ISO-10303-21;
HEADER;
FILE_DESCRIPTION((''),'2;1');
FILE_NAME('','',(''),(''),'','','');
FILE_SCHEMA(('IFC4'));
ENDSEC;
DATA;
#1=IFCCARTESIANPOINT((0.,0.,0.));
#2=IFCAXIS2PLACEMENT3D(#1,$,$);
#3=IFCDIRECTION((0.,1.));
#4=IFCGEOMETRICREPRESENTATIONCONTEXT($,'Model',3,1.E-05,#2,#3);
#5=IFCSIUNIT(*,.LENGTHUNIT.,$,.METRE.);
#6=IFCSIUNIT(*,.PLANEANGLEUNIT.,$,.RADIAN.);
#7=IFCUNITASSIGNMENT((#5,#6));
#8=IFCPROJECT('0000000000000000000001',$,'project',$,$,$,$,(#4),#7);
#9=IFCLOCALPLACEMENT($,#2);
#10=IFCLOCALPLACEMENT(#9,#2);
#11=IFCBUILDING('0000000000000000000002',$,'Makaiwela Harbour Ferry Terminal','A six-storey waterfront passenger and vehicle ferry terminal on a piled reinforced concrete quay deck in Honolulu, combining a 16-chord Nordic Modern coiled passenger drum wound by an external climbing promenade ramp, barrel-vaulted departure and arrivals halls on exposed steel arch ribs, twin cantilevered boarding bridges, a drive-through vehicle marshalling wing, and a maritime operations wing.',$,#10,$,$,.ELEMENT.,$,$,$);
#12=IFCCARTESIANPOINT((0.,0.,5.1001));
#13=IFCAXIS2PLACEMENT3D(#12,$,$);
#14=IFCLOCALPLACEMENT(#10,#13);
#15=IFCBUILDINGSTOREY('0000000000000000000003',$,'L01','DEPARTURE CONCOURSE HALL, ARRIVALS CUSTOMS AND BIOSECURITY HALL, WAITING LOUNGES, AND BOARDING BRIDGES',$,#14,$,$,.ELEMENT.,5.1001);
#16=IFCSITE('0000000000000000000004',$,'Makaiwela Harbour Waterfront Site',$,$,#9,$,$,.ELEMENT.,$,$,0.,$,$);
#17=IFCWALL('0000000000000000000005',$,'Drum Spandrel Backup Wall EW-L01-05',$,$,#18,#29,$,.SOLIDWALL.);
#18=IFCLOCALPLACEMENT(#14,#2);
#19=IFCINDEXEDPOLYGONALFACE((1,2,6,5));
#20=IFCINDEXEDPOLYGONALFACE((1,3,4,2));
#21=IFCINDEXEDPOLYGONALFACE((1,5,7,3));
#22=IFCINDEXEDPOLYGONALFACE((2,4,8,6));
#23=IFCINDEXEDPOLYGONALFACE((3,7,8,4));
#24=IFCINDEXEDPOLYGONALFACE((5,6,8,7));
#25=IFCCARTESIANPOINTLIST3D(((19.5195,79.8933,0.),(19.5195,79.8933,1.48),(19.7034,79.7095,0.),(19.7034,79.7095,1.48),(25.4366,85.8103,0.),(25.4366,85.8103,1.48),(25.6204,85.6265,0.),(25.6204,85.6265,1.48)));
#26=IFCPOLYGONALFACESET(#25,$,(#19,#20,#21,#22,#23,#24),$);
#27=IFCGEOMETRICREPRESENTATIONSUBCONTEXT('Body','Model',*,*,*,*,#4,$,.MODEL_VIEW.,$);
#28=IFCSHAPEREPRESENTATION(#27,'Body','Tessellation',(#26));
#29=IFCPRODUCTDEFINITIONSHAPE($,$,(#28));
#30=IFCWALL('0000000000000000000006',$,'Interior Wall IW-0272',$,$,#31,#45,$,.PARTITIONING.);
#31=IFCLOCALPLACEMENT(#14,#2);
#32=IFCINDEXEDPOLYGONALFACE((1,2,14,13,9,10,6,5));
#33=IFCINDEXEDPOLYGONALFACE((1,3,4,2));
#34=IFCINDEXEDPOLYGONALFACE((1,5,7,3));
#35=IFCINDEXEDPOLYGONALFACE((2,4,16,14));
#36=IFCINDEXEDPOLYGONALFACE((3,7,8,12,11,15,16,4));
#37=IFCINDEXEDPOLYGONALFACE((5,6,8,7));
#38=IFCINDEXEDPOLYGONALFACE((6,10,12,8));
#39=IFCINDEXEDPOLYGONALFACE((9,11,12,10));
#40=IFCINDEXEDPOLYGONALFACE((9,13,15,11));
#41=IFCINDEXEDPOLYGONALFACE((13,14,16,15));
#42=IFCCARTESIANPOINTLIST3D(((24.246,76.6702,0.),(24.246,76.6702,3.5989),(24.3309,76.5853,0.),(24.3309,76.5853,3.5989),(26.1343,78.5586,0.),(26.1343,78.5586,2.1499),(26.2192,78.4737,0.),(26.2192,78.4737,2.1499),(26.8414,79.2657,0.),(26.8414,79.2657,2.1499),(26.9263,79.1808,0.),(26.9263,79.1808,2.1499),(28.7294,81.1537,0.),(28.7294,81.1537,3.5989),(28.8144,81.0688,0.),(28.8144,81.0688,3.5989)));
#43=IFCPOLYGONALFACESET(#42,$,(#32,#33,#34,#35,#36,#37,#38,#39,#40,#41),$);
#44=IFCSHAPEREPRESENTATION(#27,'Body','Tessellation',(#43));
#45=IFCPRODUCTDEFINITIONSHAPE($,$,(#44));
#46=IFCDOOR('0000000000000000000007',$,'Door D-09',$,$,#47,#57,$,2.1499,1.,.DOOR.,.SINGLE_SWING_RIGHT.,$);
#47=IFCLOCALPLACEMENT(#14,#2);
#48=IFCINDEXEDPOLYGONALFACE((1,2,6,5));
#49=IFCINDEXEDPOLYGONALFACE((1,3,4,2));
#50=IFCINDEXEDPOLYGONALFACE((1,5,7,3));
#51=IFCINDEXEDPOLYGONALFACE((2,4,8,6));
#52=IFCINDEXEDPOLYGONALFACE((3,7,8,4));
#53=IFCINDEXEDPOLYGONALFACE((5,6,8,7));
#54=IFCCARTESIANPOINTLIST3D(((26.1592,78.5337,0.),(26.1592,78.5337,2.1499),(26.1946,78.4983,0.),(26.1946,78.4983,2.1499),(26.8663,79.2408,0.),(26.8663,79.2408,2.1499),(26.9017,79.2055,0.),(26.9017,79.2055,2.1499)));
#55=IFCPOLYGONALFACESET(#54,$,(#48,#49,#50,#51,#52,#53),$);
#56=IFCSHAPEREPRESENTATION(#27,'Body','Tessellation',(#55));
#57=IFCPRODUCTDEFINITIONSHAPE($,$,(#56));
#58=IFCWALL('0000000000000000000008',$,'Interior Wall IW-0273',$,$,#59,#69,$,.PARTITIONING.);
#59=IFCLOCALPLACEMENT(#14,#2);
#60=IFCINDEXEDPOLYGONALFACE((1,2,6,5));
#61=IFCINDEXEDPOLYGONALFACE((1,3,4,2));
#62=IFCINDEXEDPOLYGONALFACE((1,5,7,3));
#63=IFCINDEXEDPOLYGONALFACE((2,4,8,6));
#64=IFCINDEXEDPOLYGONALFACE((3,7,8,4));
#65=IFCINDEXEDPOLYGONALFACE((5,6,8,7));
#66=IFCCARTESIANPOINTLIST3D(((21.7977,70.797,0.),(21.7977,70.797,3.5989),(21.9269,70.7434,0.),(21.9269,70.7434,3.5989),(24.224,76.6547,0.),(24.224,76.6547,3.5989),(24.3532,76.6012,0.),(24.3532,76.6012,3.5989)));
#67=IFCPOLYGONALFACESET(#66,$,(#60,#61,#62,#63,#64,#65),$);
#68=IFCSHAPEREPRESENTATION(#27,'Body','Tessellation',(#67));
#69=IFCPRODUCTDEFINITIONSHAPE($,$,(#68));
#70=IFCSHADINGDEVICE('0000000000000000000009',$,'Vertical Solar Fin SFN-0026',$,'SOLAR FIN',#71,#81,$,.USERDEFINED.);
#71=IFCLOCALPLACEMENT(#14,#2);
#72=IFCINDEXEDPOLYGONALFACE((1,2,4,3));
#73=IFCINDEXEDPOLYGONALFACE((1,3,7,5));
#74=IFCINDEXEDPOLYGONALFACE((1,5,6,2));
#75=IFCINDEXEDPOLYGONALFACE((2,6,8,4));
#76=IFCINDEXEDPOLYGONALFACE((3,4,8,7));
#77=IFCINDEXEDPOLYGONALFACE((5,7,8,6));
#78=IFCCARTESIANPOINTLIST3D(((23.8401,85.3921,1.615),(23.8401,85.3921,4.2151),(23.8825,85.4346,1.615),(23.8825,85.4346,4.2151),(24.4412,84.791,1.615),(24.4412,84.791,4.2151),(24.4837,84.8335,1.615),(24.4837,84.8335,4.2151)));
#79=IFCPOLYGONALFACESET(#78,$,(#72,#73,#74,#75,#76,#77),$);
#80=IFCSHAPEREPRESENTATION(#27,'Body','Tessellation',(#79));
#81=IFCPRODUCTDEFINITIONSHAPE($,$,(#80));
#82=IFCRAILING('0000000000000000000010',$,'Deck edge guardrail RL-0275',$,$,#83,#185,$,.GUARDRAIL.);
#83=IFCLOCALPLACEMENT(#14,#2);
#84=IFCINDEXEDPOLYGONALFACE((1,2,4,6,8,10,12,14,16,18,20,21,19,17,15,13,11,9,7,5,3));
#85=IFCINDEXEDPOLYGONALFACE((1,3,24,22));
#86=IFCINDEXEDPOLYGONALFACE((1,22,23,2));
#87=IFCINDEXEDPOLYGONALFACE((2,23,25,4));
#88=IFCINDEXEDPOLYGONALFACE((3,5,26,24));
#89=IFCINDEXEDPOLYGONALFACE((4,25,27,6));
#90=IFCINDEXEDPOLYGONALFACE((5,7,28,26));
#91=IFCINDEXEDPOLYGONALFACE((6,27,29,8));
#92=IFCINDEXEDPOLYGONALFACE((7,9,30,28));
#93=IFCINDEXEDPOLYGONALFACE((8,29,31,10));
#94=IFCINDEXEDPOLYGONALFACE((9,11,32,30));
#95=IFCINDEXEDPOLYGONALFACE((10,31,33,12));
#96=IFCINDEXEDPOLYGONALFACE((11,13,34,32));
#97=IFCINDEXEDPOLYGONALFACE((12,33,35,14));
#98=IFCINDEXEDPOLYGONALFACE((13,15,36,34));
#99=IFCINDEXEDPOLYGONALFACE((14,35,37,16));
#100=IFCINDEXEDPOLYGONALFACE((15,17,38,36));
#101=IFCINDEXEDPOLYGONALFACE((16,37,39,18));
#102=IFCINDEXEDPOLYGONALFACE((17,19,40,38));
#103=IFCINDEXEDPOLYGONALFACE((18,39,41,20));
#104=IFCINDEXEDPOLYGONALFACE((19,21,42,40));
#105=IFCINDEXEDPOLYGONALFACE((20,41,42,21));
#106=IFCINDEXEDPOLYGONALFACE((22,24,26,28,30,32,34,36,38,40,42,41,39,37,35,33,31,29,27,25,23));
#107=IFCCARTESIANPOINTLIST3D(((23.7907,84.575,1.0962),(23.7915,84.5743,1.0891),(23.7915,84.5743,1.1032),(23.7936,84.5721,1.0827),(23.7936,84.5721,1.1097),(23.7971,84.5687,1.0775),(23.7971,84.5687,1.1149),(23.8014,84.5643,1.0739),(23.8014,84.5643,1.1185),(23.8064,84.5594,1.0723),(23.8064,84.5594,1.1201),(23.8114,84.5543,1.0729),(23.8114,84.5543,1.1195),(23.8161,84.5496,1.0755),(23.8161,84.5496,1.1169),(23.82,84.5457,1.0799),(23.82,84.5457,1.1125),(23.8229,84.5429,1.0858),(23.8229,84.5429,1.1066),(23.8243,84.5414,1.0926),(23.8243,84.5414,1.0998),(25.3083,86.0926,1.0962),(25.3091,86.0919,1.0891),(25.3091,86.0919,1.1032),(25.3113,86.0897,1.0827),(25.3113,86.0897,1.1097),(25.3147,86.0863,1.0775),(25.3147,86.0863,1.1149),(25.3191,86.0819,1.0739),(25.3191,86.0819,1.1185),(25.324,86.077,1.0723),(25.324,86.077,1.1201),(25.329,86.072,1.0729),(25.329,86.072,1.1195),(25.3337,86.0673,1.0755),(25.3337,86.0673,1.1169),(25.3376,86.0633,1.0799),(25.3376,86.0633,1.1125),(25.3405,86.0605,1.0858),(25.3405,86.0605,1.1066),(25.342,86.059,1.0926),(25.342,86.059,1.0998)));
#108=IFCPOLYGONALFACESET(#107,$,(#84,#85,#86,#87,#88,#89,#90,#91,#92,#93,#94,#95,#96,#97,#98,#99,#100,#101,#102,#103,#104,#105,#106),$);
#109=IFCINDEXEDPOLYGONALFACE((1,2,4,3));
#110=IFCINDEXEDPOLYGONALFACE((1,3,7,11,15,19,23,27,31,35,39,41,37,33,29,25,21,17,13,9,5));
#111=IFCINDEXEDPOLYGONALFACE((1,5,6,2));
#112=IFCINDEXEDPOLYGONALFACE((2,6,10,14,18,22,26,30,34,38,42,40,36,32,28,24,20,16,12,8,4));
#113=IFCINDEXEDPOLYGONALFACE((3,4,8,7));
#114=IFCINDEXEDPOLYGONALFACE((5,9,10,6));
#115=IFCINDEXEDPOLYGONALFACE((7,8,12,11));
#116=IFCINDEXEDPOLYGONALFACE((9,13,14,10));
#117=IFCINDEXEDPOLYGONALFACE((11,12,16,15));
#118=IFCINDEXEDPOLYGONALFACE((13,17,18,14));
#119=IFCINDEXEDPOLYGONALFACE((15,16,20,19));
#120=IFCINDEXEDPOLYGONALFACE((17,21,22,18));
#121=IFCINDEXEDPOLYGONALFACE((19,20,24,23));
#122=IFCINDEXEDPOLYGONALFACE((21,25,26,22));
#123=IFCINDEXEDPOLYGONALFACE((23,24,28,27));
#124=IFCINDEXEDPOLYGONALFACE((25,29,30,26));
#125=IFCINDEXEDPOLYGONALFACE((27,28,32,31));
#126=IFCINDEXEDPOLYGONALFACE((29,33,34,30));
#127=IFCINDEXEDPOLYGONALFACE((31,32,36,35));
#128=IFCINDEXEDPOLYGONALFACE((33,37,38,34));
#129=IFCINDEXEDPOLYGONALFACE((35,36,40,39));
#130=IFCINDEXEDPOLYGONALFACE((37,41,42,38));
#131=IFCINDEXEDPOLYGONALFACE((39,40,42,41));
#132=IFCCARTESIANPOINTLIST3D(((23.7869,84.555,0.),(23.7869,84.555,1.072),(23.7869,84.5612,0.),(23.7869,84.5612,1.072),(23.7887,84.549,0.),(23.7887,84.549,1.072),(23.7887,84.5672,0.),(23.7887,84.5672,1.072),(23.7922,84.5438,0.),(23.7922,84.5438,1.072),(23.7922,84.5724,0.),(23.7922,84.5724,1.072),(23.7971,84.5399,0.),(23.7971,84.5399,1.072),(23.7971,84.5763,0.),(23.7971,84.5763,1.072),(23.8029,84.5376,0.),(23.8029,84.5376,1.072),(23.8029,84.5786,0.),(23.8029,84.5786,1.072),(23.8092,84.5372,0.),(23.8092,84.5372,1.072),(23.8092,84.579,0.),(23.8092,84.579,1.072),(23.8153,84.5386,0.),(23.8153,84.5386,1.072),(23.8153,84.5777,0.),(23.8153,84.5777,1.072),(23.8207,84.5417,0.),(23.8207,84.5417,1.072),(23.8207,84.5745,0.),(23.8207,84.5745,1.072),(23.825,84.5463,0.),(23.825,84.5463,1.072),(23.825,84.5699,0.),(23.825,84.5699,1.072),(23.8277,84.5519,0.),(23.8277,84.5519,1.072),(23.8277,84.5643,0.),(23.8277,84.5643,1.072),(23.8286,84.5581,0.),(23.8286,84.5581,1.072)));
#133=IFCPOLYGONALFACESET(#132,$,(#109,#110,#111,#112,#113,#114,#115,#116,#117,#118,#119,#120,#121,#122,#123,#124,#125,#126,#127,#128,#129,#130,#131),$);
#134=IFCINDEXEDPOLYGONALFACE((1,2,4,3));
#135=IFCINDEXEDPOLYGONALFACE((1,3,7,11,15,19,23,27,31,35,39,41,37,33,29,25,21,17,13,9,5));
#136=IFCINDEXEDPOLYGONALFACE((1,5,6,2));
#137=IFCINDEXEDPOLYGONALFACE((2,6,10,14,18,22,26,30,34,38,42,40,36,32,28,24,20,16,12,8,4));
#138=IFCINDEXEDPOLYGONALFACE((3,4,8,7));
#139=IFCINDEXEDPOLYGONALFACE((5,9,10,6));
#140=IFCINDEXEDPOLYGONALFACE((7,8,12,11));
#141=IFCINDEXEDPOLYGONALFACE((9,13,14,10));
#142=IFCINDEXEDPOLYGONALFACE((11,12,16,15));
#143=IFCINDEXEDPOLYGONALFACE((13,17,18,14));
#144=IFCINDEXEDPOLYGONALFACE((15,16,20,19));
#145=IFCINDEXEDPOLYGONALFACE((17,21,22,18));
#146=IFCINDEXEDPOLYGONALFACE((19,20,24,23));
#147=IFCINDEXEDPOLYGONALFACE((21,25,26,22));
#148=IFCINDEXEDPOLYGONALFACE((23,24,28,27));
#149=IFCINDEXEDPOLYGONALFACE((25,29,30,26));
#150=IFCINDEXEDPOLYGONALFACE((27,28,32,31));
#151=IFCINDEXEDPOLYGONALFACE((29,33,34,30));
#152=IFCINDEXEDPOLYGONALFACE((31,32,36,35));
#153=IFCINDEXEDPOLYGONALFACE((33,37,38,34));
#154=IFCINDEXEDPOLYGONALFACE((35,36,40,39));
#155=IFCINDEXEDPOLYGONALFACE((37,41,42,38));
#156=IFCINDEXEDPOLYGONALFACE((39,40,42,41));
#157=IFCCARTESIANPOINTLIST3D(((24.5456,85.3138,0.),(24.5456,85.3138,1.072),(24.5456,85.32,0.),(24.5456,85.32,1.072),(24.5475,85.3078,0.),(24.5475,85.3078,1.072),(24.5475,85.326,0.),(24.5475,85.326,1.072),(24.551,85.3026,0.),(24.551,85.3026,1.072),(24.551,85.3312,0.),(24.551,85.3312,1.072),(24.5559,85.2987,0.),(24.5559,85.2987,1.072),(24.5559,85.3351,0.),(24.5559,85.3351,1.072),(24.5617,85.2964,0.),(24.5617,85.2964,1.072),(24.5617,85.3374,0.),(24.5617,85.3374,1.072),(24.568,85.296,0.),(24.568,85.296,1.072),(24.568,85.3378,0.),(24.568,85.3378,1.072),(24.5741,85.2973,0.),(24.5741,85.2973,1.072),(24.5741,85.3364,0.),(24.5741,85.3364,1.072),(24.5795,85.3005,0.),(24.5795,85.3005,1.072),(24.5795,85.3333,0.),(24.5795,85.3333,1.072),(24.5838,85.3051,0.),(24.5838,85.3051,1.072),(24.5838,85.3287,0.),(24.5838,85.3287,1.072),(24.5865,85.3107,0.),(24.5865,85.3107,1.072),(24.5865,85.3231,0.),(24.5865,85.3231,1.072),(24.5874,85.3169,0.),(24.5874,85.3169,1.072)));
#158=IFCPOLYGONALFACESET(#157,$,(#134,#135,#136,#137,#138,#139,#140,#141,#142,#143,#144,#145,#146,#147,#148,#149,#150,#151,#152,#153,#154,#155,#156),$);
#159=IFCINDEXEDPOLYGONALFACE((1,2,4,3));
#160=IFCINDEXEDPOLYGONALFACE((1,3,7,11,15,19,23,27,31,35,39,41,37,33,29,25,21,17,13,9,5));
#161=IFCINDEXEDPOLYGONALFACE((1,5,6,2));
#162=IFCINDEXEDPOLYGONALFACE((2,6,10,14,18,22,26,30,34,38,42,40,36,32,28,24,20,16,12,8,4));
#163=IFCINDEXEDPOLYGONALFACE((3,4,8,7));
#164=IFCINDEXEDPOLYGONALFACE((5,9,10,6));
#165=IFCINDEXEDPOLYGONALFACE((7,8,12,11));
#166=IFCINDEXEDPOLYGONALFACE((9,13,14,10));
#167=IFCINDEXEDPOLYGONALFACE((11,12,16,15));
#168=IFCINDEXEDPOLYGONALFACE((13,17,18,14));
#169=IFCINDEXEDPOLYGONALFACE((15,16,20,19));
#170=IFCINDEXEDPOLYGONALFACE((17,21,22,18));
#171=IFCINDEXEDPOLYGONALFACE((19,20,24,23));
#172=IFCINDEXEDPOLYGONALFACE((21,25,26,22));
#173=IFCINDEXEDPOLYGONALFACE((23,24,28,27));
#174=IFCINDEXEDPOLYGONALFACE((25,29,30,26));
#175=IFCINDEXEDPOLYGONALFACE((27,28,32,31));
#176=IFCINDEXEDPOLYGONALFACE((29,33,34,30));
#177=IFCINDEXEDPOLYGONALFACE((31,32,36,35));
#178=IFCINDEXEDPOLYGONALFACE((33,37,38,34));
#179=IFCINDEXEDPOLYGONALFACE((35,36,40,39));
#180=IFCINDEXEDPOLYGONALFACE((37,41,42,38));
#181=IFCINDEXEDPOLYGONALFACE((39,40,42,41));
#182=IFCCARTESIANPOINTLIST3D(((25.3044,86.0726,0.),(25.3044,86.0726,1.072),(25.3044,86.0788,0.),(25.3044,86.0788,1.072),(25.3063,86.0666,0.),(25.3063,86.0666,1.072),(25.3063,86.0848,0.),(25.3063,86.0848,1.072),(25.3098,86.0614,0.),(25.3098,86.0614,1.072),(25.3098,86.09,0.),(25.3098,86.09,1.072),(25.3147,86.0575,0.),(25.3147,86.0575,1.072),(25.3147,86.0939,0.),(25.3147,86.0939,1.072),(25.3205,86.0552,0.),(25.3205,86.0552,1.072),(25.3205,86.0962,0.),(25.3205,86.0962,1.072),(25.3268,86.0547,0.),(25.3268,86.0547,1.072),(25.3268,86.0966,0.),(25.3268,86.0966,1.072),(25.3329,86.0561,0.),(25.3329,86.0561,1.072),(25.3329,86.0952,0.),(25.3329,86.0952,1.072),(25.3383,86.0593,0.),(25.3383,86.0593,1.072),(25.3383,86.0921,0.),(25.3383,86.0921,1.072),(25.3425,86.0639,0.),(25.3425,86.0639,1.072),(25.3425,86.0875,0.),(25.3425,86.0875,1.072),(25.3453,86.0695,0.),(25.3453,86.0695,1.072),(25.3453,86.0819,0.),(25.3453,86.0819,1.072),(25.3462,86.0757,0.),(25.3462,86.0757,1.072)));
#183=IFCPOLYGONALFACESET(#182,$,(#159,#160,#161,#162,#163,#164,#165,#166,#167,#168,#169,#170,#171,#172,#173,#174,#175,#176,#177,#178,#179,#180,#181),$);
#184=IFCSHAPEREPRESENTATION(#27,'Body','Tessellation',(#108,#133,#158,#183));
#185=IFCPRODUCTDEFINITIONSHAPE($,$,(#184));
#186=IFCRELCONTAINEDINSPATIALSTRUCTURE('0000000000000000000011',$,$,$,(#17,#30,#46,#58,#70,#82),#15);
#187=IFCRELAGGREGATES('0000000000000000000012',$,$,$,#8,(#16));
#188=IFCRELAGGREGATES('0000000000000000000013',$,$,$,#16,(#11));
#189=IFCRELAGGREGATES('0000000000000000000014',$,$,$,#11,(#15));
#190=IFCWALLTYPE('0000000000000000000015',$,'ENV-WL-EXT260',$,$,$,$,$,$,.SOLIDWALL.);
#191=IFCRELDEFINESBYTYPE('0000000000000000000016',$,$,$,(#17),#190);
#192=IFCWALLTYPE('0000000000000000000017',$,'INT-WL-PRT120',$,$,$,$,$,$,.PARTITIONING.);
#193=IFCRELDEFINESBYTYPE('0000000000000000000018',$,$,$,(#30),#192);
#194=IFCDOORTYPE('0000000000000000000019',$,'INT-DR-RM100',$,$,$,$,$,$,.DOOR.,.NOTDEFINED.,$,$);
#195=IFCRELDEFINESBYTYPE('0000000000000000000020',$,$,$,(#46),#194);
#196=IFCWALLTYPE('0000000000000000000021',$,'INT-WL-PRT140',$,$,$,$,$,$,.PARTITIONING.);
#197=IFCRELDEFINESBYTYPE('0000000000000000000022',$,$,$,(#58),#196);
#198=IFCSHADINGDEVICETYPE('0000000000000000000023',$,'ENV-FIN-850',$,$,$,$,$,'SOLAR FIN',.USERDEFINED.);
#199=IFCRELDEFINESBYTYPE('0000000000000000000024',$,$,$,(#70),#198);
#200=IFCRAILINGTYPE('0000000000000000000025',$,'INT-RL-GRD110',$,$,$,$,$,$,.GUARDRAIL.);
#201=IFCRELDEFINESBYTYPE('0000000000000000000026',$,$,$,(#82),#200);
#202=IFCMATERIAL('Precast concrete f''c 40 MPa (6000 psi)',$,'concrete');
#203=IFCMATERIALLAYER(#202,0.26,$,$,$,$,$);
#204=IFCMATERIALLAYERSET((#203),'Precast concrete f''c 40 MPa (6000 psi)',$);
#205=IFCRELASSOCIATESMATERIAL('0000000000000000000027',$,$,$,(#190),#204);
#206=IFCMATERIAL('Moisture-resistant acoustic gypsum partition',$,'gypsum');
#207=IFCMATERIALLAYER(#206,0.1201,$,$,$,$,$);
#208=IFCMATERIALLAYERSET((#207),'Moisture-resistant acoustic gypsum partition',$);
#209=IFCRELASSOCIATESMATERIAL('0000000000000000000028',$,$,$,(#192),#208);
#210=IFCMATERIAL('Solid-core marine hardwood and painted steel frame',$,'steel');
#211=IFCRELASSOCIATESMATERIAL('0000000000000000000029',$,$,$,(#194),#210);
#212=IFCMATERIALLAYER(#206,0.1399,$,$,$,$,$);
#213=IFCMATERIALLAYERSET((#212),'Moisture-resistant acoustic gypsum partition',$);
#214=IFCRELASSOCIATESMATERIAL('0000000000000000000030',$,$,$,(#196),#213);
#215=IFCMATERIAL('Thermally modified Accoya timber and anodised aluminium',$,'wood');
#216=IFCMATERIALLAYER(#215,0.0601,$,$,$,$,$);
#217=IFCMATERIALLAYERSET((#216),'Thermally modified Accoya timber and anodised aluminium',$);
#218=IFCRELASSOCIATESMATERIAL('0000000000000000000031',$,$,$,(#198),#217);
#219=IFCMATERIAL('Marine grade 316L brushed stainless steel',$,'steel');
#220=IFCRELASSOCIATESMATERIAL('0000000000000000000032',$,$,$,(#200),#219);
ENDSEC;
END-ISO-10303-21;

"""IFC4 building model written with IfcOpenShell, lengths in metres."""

from ifc_helpers import new_model, si_unit, direction, frame, frame_2d, origin, origin_2d, place, context, subcontext, project, spatial, rectangle, circle, extrude, material, layer, layer_set, type_object, element, fill, save


model = new_model("IFC4")

# Units and contexts
model_context = context("Model", 3, precision=1e-05, world=origin(), true_north=direction((0.0, 1.0)))
body_context = subcontext(model_context, "Body", "Model", "MODEL_VIEW")
ifc_project = project(units=[si_unit("LENGTHUNIT", "METRE"), si_unit("PLANEANGLEUNIT", "RADIAN")], contexts=[model_context])

# Site, building, storey
site_placement = place(None, origin())
site = spatial("IfcSite", under=ifc_project, at=site_placement, Name="Makaiwela Harbour Waterfront Site", CompositionType="ELEMENT", RefElevation=0.0)
building_placement = place(site_placement, origin())
building = spatial("IfcBuilding", under=site, at=building_placement, Name="Makaiwela Harbour Ferry Terminal", Description="A six-storey waterfront passenger and vehicle ferry terminal on a piled reinforced concrete quay deck in Honolulu, combining a 16-chord Nordic Modern coiled passenger drum wound by an external climbing promenade ramp, barrel-vaulted departure and arrivals halls on exposed steel arch ribs, twin cantilevered boarding bridges, a drive-through vehicle marshalling wing, and a maritime operations wing.", CompositionType="ELEMENT")
storey_placement = place(building_placement, frame((0.0, 0.0, 5.1001)))
storey = spatial("IfcBuildingStorey", under=building, at=storey_placement, Name="L01", Description="DEPARTURE CONCOURSE HALL, ARRIVALS CUSTOMS AND BIOSECURITY HALL, WAITING LOUNGES, AND BOARDING BRIDGES", CompositionType="ELEMENT", Elevation=5.1001)

# Wall
ifc_material_1 = material(Name="Precast concrete f'c 40 MPa (6000 psi)", Category="concrete")
ifc_layer_1 = layer(ifc_material_1, 0.26)
ifc_layer_set_1 = layer_set([ifc_layer_1], Name="Precast concrete f'c 40 MPa (6000 psi)")
wall_type_1 = type_object("IfcWallType", Name="ENV-WL-EXT260", PredefinedType="SOLIDWALL", material=ifc_layer_set_1)
wall_1_placement = place(storey_placement, frame((25.5286, 85.7185, 0.0), z_axis=(0.0, 0.0, 1.0), x_axis=(-0.707107, -0.707107, 0.0)))
element("IfcWall", 1, at=wall_1_placement, inside=storey, type_object=wall_type_1, Name="Drum Spandrel Backup Wall EW-L01-05", PredefinedType="SOLIDWALL", context=body_context, shape_type="SweptSolid", body=[
    extrude(rectangle(XDim=8.3679, YDim=0.26, at=frame_2d((4.1841, 0.0))), origin(), (0.0, 0.0, 1.0), 1.48),
])

# Wall, opening, door
ifc_material_2 = material(Name="Moisture-resistant acoustic gypsum partition", Category="gypsum")
ifc_layer_2 = layer(ifc_material_2, 0.1201)
ifc_layer_set_2 = layer_set([ifc_layer_2], Name="Moisture-resistant acoustic gypsum partition")
wall_type_2 = type_object("IfcWallType", Name="INT-WL-PRT120", PredefinedType="PARTITIONING", material=ifc_layer_set_2)
wall_2_placement = place(storey_placement, frame((28.772, 81.1113, 0.0), z_axis=(0.0, 0.0, 1.0), x_axis=(-0.707107, -0.707107, 0.0)))
wall_2 = element("IfcWall", 2, at=wall_2_placement, inside=storey, type_object=wall_type_2, Name="Interior Wall IW-0272", PredefinedType="PARTITIONING", context=body_context, shape_type="SweptSolid", body=[
    extrude(rectangle(XDim=6.3406, YDim=0.1201, at=frame_2d((3.1704, 0.0))), origin(), (0.0, 0.0, 1.0), 3.5989),
])
opening_placement = place(wall_2_placement, frame((2.6702, 0.0, 0.0)))
opening = element("IfcOpeningElement", 3, at=opening_placement, cuts=wall_2, PredefinedType="OPENING", context=body_context, shape_type="SweptSolid", body=[
    extrude(rectangle(XDim=1.0, YDim=2.1499, at=frame_2d((0.5, 1.075))), frame((0.0, 0.0701, 0.0), z_axis=(0.0, -1.0, 0.0), x_axis=(1.0, 0.0, 0.0)), (0.0, 0.0, 1.0), 0.1401),
])
ifc_material_3 = material(Name="Solid-core marine hardwood and painted steel frame", Category="steel")
door_type = type_object("IfcDoorType", Name="INT-DR-RM100", OperationType="NOTDEFINED", PredefinedType="DOOR", material=ifc_material_3)
door_placement = place(opening_placement, frame((1.0, 0.0, 0.0), z_axis=(0.0, 0.0, 1.0), x_axis=(-1.0, 0.0, 0.0)))
door = element("IfcDoor", 4, at=door_placement, inside=storey, type_object=door_type, Name="Door D-09", OperationType="SINGLE_SWING_RIGHT", OverallHeight=2.1499, OverallWidth=1.0, PredefinedType="DOOR", context=body_context, shape_type="SweptSolid", body=[
    extrude(rectangle(XDim=1.0, YDim=2.1499, at=frame_2d((0.5, 1.075))), frame((0.0, 0.0249, 0.0), z_axis=(0.0, -1.0, 0.0), x_axis=(1.0, 0.0, 0.0)), (0.0, 0.0, 1.0), 0.05),
])
fill(opening, door)

# Wall
ifc_layer_3 = layer(ifc_material_2, 0.1399)
ifc_layer_set_3 = layer_set([ifc_layer_3], Name="Moisture-resistant acoustic gypsum partition")
wall_type_3 = type_object("IfcWallType", Name="INT-WL-PRT140", PredefinedType="PARTITIONING", material=ifc_layer_set_3)
wall_3_placement = place(storey_placement, frame((24.2886, 76.6279, 0.0), z_axis=(0.0, 0.0, 1.0), x_axis=(-0.382676, -0.923883, 0.0)))
element("IfcWall", 5, at=wall_3_placement, inside=storey, type_object=wall_type_3, Name="Interior Wall IW-0273", PredefinedType="PARTITIONING", context=body_context, shape_type="SweptSolid", body=[
    extrude(rectangle(XDim=6.3403, YDim=0.1399, at=frame_2d((3.1702, 0.0))), origin(), (0.0, 0.0, 1.0), 3.5989),
])

# Shading device
ifc_material_4 = material(Name="Thermally modified Accoya timber and anodised aluminium", Category="wood")
ifc_layer_4 = layer(ifc_material_4, 0.0601)
ifc_layer_set_4 = layer_set([ifc_layer_4], Name="Thermally modified Accoya timber and anodised aluminium")
shading_device_type = type_object("IfcShadingDeviceType", Name="ENV-FIN-850", ElementType="SOLAR FIN", PredefinedType="USERDEFINED", material=ifc_layer_set_4)
shading_device_placement = place(storey_placement, frame((24.1619, 85.1128, 1.615), z_axis=(0.0, 0.0, 1.0), x_axis=(-0.707107, 0.707107, 0.0)))
element("IfcShadingDevice", 6, at=shading_device_placement, inside=storey, type_object=shading_device_type, Name="Vertical Solar Fin SFN-0026", ObjectType="SOLAR FIN", PredefinedType="USERDEFINED", context=body_context, shape_type="SweptSolid", body=[
    extrude(rectangle(XDim=0.8501, YDim=0.0601, at=origin_2d()), origin(), (0.0, 0.0, 1.0), 2.6001),
])

# Railing
ifc_material_5 = material(Name="Marine grade 316L brushed stainless steel", Category="steel")
railing_type = type_object("IfcRailingType", Name="INT-RL-GRD110", PredefinedType="GUARDRAIL", material=ifc_material_5)
railing_placement = place(storey_placement, frame((23.8076, 84.5581, 0.0)))
element("IfcRailing", 7, at=railing_placement, inside=storey, type_object=railing_type, Name="Deck edge guardrail RL-0275", PredefinedType="GUARDRAIL", context=body_context, shape_type="SweptSolid", body=[
    extrude(circle(Radius=0.0239, at=origin_2d()), frame((0.0, 0.0, 1.0962), z_axis=(0.707107, 0.707107, 0.0), x_axis=(-0.707107, 0.707107, 0.0)), (0.0, 0.0, 1.0), 2.1462),
    extrude(circle(Radius=0.021, at=origin_2d()), origin(), (0.0, 0.0, 1.0), 1.072),
    extrude(circle(Radius=0.021, at=origin_2d()), frame((0.7588, 0.7588, 0.0)), (0.0, 0.0, 1.0), 1.072),
    extrude(circle(Radius=0.021, at=origin_2d()), frame((1.5176, 1.5176, 0.0)), (0.0, 0.0, 1.0), 1.072),
])

save(model, "model.ifc")
